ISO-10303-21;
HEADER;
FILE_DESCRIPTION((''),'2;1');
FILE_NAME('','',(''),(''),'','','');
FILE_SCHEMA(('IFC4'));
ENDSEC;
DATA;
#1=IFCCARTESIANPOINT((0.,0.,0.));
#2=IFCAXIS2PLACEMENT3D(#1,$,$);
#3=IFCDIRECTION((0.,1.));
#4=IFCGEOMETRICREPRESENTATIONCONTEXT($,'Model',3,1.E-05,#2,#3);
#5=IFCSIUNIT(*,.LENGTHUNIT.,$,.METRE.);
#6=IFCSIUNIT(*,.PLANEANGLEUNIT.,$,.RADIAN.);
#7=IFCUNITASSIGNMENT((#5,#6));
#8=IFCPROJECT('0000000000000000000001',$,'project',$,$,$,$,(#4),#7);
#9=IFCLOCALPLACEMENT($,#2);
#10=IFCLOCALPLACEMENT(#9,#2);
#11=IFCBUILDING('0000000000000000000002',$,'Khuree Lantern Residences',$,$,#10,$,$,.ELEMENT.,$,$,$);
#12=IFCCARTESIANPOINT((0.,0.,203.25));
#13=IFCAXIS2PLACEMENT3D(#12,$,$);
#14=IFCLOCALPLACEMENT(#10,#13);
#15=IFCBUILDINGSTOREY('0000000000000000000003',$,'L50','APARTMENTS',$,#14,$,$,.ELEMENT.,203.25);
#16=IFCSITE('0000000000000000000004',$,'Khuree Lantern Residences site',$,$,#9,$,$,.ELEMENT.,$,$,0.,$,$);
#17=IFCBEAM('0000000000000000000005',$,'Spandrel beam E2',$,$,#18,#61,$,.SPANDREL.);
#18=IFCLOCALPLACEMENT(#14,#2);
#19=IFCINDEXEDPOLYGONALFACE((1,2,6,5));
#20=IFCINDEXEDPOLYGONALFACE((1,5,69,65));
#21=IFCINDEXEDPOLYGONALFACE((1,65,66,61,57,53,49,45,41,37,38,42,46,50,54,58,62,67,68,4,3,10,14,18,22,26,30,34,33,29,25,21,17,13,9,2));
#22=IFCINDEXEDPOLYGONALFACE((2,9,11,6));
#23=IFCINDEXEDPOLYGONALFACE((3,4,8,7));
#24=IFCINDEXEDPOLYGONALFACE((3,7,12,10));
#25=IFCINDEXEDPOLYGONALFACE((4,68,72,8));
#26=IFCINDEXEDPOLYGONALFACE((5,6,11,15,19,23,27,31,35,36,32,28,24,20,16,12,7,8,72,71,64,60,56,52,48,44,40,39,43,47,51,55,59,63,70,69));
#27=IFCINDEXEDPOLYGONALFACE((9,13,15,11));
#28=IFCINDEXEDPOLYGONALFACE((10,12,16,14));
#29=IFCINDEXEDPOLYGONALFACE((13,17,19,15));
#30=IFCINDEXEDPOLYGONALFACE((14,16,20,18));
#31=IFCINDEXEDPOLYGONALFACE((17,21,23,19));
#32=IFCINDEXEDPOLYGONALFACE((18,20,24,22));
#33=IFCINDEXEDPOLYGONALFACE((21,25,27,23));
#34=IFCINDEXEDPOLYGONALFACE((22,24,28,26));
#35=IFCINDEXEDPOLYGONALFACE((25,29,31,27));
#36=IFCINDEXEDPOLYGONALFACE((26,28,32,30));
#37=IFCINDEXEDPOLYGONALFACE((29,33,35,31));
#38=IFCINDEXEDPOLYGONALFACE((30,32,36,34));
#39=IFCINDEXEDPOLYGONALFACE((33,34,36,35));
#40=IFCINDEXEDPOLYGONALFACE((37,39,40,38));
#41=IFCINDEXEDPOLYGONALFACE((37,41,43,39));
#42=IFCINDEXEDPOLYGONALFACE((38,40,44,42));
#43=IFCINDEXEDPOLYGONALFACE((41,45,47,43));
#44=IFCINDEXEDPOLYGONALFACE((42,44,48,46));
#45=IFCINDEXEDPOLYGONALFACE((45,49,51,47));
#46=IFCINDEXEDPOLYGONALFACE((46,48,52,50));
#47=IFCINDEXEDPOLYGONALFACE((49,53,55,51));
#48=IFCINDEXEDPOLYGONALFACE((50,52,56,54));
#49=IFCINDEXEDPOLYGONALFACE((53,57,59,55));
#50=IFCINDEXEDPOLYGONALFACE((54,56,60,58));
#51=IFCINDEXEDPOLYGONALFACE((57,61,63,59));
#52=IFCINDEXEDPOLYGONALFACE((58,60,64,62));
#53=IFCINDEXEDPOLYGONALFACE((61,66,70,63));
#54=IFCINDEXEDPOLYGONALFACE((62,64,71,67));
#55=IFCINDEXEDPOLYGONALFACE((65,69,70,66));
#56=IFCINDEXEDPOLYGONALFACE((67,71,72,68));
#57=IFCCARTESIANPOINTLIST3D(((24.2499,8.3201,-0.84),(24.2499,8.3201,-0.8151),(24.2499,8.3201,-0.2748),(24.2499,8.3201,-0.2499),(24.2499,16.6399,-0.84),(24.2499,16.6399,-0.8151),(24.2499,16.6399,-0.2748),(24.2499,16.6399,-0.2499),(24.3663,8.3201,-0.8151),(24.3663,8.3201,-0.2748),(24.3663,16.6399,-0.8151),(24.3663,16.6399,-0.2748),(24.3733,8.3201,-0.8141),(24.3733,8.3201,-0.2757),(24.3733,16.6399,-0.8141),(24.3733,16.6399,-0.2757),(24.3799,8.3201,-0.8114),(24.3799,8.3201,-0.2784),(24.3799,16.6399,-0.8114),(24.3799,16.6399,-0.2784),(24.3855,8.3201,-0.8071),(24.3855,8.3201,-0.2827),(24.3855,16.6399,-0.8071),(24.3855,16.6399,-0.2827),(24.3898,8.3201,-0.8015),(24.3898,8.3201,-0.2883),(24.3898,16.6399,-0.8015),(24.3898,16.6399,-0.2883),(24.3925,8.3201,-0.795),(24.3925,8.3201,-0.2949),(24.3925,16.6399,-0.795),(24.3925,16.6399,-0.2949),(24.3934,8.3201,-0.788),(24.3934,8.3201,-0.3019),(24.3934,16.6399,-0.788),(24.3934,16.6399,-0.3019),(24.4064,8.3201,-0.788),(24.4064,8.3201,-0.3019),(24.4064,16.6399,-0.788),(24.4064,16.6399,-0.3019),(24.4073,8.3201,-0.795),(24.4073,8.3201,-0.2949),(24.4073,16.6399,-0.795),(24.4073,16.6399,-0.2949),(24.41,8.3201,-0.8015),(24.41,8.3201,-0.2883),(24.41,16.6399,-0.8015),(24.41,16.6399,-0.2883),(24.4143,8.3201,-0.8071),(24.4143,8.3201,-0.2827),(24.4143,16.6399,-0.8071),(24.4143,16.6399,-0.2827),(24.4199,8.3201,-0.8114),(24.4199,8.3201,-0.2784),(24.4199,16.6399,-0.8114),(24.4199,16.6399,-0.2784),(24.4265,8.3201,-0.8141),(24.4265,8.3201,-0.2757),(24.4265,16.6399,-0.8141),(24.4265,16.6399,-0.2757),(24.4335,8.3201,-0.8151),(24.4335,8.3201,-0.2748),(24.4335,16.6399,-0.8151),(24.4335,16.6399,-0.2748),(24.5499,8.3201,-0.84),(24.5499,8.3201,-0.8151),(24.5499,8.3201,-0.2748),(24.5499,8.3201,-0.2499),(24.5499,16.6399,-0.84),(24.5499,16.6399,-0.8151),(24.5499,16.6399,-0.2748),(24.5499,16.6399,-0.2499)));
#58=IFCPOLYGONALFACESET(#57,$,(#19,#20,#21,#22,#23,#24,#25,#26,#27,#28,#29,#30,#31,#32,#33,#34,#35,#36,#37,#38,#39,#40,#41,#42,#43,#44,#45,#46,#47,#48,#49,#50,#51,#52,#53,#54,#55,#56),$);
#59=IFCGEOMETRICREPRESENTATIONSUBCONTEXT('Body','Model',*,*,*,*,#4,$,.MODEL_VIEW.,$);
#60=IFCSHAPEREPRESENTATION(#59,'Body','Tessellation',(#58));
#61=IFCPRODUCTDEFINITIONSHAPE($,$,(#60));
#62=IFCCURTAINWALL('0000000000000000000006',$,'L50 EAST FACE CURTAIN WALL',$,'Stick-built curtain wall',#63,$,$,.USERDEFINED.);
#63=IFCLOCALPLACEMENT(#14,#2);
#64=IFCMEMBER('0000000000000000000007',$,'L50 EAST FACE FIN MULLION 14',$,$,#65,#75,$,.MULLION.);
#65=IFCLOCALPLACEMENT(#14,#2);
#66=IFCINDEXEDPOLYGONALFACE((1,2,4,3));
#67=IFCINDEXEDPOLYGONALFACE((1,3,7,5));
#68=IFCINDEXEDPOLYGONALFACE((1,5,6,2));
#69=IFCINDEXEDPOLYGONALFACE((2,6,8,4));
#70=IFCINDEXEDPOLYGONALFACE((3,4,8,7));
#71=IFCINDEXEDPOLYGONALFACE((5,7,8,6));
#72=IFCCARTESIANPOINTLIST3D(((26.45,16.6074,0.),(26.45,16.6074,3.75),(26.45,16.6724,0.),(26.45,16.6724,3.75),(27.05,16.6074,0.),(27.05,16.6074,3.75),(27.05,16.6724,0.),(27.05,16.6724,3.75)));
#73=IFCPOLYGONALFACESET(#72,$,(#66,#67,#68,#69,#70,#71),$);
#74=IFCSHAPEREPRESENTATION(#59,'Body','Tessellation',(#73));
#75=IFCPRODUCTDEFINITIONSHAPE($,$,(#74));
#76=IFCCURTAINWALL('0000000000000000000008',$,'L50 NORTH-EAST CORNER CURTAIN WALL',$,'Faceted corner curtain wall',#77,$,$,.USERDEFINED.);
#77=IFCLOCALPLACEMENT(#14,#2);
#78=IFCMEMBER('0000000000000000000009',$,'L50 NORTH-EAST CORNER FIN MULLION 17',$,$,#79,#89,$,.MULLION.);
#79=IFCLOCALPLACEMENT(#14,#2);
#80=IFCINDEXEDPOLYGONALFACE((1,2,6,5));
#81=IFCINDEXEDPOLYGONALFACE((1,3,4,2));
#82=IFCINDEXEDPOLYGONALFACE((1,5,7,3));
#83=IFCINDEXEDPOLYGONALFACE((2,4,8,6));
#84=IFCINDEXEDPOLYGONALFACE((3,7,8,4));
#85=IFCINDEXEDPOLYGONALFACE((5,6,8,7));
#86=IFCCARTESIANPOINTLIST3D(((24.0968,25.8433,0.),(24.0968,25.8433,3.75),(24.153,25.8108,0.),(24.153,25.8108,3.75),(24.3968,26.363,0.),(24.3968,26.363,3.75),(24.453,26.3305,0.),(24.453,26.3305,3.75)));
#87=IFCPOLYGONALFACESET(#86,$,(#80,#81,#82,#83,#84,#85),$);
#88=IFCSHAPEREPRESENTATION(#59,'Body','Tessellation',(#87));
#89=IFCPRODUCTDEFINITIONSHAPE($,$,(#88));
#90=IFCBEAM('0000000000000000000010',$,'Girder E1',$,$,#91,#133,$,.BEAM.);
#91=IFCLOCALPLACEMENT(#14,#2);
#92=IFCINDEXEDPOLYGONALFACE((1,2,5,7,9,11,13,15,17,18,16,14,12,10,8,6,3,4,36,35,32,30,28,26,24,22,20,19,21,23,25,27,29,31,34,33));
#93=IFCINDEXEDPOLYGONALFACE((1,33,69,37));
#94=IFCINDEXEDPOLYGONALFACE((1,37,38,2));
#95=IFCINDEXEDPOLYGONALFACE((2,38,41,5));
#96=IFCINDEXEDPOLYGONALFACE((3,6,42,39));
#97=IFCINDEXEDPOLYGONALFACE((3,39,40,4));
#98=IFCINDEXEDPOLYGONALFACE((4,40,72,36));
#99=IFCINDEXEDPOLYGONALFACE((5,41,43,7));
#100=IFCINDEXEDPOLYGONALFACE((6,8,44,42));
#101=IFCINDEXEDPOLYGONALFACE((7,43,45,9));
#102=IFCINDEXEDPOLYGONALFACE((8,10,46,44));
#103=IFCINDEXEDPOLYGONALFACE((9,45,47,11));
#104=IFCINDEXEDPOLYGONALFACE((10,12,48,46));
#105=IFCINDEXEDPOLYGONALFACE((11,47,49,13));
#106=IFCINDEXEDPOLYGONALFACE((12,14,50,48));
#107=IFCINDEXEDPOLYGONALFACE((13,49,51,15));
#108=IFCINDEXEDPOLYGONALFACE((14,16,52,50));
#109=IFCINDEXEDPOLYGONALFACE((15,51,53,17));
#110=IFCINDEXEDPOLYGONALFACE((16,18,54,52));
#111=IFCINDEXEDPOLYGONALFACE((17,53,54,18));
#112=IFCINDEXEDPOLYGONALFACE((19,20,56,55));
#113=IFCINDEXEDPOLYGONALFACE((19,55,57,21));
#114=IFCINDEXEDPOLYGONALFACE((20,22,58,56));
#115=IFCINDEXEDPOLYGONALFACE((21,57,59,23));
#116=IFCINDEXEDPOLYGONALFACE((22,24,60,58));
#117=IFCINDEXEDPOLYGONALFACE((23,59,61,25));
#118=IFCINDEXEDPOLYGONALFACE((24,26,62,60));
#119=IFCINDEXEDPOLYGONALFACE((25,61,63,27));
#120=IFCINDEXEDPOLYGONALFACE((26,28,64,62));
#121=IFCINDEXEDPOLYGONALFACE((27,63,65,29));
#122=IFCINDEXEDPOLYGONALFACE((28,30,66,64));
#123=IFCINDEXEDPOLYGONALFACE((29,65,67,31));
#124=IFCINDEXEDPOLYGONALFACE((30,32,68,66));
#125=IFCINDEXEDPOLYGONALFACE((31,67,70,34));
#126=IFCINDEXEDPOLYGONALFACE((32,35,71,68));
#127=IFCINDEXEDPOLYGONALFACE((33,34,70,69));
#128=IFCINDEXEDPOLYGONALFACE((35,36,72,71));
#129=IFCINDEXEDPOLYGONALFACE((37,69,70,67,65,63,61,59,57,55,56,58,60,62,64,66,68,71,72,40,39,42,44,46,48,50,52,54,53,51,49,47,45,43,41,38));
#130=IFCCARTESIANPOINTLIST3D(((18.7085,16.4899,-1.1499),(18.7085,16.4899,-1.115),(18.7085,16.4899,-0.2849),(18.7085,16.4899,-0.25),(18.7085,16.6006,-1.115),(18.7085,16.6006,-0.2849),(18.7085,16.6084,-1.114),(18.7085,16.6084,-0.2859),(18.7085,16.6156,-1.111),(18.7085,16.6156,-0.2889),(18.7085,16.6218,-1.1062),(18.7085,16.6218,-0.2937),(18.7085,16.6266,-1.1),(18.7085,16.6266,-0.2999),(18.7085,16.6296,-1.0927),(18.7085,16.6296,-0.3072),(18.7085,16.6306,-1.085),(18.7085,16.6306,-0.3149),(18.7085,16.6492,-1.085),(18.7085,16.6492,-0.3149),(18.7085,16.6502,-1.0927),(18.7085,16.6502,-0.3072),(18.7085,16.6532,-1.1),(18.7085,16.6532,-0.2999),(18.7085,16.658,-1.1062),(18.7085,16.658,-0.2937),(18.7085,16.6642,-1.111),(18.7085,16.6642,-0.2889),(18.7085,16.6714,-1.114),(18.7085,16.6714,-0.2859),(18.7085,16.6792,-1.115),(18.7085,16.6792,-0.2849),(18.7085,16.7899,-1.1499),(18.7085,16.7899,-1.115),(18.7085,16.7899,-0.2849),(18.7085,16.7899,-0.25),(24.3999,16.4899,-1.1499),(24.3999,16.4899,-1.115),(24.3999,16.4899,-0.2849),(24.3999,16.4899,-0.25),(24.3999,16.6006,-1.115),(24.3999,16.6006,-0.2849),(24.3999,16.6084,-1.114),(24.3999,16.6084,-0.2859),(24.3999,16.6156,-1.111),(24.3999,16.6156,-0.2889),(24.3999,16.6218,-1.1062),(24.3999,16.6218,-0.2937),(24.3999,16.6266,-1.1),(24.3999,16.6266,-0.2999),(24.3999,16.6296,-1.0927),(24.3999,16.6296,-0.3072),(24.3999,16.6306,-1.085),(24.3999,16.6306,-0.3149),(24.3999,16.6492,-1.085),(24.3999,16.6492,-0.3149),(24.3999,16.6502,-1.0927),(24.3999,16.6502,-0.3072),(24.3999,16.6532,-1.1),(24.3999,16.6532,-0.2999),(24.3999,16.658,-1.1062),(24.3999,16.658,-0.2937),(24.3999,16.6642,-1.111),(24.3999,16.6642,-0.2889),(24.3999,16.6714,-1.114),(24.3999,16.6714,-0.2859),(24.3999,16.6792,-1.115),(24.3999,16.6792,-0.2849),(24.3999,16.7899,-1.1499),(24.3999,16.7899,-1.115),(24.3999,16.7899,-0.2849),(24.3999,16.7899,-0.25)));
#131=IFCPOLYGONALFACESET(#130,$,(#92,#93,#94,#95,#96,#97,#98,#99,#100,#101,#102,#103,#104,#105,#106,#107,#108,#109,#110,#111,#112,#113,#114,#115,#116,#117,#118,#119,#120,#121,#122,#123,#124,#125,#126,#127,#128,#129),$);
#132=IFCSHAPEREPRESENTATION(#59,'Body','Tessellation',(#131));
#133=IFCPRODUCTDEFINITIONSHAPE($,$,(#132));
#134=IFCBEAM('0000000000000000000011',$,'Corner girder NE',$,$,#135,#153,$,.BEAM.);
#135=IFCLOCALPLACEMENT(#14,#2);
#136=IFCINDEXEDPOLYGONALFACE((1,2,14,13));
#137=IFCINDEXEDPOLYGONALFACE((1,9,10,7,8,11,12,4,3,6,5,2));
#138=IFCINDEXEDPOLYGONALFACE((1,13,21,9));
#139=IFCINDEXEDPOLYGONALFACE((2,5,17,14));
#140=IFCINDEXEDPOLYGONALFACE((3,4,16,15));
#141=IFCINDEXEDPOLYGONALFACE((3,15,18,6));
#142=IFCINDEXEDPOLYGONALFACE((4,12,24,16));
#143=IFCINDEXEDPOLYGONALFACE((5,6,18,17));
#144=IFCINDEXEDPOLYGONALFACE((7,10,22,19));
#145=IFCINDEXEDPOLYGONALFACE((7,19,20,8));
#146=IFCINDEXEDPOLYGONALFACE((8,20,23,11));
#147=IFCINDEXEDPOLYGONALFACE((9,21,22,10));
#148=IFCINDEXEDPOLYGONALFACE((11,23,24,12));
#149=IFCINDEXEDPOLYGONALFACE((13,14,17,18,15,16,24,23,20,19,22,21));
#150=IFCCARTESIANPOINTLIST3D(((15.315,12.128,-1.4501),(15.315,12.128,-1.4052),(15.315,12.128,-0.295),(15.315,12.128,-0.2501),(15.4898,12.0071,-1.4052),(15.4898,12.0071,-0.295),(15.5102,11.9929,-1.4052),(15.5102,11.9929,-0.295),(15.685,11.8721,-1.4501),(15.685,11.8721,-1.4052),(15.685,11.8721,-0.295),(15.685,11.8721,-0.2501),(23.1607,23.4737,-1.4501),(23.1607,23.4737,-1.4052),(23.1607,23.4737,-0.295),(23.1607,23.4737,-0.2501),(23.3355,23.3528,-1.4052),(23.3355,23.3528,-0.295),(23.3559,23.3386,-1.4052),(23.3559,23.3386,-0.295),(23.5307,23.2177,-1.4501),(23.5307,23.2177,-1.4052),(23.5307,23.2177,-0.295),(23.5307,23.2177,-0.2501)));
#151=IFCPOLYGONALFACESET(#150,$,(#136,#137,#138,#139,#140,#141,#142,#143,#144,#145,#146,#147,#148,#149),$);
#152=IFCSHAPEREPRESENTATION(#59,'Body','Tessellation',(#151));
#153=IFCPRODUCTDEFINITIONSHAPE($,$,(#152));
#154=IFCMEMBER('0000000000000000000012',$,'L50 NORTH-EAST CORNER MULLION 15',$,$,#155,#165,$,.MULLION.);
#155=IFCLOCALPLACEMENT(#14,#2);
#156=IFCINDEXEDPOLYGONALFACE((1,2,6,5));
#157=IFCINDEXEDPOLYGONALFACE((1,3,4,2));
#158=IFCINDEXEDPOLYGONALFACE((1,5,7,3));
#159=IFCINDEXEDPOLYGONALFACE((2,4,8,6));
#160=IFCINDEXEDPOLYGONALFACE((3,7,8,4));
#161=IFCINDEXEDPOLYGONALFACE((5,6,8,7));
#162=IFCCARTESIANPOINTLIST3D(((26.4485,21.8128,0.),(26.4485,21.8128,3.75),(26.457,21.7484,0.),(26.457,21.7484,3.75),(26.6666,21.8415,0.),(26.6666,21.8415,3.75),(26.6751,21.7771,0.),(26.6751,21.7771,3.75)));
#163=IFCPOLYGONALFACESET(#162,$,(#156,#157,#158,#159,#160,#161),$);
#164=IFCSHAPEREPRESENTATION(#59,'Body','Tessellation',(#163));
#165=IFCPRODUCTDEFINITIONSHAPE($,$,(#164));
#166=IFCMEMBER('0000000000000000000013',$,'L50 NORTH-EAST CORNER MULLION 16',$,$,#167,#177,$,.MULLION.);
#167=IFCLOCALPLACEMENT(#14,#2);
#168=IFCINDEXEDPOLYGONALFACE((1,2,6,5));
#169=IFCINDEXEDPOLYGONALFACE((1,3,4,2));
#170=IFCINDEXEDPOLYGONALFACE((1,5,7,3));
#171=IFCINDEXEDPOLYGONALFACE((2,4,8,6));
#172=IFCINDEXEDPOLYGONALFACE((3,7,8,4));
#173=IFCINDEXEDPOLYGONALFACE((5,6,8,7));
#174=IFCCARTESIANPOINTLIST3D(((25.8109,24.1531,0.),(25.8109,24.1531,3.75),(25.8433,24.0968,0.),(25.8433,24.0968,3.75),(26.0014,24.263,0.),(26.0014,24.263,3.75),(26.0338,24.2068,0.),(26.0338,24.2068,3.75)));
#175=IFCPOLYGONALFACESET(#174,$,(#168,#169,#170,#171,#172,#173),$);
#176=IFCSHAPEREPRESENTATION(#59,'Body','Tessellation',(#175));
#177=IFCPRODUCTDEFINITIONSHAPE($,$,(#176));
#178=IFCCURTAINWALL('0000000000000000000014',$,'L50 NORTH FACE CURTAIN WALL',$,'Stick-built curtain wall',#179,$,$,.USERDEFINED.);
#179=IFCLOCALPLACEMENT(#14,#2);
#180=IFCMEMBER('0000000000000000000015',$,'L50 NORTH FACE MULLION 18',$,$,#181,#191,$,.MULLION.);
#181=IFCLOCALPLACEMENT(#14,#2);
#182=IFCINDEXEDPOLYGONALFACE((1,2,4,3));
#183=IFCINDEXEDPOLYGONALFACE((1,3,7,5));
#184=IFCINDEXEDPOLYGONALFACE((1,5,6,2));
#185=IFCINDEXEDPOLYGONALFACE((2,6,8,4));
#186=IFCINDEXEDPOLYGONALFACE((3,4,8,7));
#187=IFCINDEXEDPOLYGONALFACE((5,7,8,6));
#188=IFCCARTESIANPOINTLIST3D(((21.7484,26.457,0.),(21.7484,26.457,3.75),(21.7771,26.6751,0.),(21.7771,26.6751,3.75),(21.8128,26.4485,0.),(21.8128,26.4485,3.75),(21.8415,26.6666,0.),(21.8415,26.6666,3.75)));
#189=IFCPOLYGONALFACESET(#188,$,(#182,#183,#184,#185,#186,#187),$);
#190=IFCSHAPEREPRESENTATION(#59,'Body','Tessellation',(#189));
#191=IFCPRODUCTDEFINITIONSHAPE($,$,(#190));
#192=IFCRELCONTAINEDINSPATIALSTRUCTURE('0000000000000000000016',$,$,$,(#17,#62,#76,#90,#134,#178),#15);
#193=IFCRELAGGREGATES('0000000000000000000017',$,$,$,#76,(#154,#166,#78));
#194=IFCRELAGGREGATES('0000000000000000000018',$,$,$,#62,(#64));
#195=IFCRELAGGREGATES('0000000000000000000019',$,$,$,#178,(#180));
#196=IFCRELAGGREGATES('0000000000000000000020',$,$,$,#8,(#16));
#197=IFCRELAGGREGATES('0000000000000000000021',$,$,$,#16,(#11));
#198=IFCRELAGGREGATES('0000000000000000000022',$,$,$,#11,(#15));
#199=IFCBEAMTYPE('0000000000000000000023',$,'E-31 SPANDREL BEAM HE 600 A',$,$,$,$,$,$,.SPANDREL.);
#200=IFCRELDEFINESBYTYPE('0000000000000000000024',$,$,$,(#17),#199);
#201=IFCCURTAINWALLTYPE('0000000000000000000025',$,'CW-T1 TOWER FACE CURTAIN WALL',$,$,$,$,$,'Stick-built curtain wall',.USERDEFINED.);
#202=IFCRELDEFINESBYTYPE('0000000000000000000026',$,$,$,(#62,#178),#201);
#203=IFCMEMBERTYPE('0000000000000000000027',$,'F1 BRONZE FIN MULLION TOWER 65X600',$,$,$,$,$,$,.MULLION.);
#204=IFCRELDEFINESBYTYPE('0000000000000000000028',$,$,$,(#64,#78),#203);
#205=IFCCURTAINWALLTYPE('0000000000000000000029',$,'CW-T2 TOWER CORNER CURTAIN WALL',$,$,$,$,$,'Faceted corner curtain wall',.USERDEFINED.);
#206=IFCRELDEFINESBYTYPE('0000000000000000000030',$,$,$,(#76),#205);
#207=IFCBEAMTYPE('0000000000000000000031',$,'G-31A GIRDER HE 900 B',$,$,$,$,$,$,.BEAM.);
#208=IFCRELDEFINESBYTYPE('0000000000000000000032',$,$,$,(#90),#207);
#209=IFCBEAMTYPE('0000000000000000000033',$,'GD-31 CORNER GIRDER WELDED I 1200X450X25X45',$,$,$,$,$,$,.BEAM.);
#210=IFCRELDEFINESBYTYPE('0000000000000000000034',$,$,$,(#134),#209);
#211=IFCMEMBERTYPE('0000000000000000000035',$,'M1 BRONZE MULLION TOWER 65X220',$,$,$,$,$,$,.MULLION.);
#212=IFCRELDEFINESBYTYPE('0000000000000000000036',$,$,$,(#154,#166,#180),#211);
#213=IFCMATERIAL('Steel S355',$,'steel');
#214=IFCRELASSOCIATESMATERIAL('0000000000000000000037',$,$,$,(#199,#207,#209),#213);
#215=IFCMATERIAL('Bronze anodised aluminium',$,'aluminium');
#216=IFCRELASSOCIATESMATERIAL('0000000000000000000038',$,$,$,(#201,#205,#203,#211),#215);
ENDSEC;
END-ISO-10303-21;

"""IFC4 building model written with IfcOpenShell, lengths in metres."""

from ifc_helpers import new_model, si_unit, direction, frame, origin, origin_2d, place, context, subcontext, project, spatial, rectangle, i_section, extrude, material, material_profile, profile_set, type_object, element, aggregate, save


model = new_model("IFC4")

# Units and contexts
model_context = context("Model", 3, precision=1e-05, world=origin(), true_north=direction((0.0, 1.0)))
body_context = subcontext(model_context, "Body", "Model", "MODEL_VIEW")
ifc_project = project(units=[si_unit("LENGTHUNIT", "METRE"), si_unit("PLANEANGLEUNIT", "RADIAN")], contexts=[model_context])

# Site, building, storey
site_placement = place(None, origin())
site = spatial("IfcSite", under=ifc_project, at=site_placement, Name="Khuree Lantern Residences site", CompositionType="ELEMENT", RefElevation=0.0)
building_placement = place(site_placement, origin())
building = spatial("IfcBuilding", under=site, at=building_placement, Name="Khuree Lantern Residences", CompositionType="ELEMENT")
storey_placement = place(building_placement, frame((0.0, 0.0, 203.25)))
storey = spatial("IfcBuildingStorey", under=building, at=storey_placement, Name="L50", Description="APARTMENTS", CompositionType="ELEMENT", Elevation=203.25)

# Beam
ifc_material_1 = material(Name="Steel S355", Category="steel")
ifc_material_profile_1 = material_profile(ifc_material_1, i_section(OverallWidth=0.3, OverallDepth=0.5901, WebThickness=0.0129, FlangeThickness=0.0249, FilletRadius=0.0271, at=origin_2d()), Name="HE 600 A")
ifc_profile_set_1 = profile_set([ifc_material_profile_1], Name="Steel S355")
beam_type_1 = type_object("IfcBeamType", Name="E-31 SPANDREL BEAM HE 600 A", PredefinedType="SPANDREL", material=ifc_profile_set_1)
beam_1_placement = place(storey_placement, frame((24.3999, 16.6399, -0.5449), z_axis=(0.0, -1.0, 0.0), x_axis=(1.0, 0.0, 0.0)))
element("IfcBeam", 1, at=beam_1_placement, inside=storey, type_object=beam_type_1, Name="Spandrel beam E2", PredefinedType="SPANDREL", context=body_context, shape_type="SweptSolid", body=[
    extrude(i_section(OverallWidth=0.3, OverallDepth=0.5901, WebThickness=0.0129, FlangeThickness=0.0249, FilletRadius=0.0271, at=origin_2d()), origin(), (0.0, 0.0, 1.0), 8.3198),
])

# Curtain walls, members
ifc_material_2 = material(Name="Bronze anodised aluminium", Category="aluminium")
curtain_wall_type_1 = type_object("IfcCurtainWallType", Name="CW-T1 TOWER FACE CURTAIN WALL", ElementType="Stick-built curtain wall", PredefinedType="USERDEFINED", material=ifc_material_2)
curtain_wall_1_placement = place(storey_placement, origin())
curtain_wall_1 = element("IfcCurtainWall", 2, at=curtain_wall_1_placement, inside=storey, type_object=curtain_wall_type_1, Name="L50 EAST FACE CURTAIN WALL", ObjectType="Stick-built curtain wall", PredefinedType="USERDEFINED")
ifc_material_profile_2 = material_profile(ifc_material_2, rectangle(XDim=0.0649, YDim=0.6001, at=origin_2d()), Name="F1 65X600")
ifc_profile_set_2 = profile_set([ifc_material_profile_2], Name="Bronze anodised aluminium")
member_type_1 = type_object("IfcMemberType", Name="F1 BRONZE FIN MULLION TOWER 65X600", PredefinedType="MULLION", material=ifc_profile_set_2)
member_1_placement = place(storey_placement, frame((26.75, 16.6399, 0.0), z_axis=(0.0, 0.0, 1.0), x_axis=(0.0, 1.0, 0.0)))
member_1 = element("IfcMember", 3, at=member_1_placement, type_object=member_type_1, Name="L50 EAST FACE FIN MULLION 14", PredefinedType="MULLION", context=body_context, shape_type="SweptSolid", body=[
    extrude(rectangle(XDim=0.0649, YDim=0.6001, at=origin_2d()), origin(), (0.0, 0.0, 1.0), 3.75),
])
curtain_wall_type_2 = type_object("IfcCurtainWallType", Name="CW-T2 TOWER CORNER CURTAIN WALL", ElementType="Faceted corner curtain wall", PredefinedType="USERDEFINED", material=ifc_material_2)
curtain_wall_2_placement = place(storey_placement, origin())
curtain_wall_2 = element("IfcCurtainWall", 4, at=curtain_wall_2_placement, inside=storey, type_object=curtain_wall_type_2, Name="L50 NORTH-EAST CORNER CURTAIN WALL", ObjectType="Faceted corner curtain wall", PredefinedType="USERDEFINED")
member_2_placement = place(storey_placement, frame((24.2749, 26.0869, 0.0), z_axis=(0.0, 0.0, 1.0), x_axis=(-0.866025, 0.5, 0.0)))
member_2 = element("IfcMember", 5, at=member_2_placement, type_object=member_type_1, Name="L50 NORTH-EAST CORNER FIN MULLION 17", PredefinedType="MULLION", context=body_context, shape_type="SweptSolid", body=[
    extrude(rectangle(XDim=0.0649, YDim=0.6001, at=origin_2d()), origin(), (0.0, 0.0, 1.0), 3.75),
])

# Beams
ifc_material_profile_3 = material_profile(ifc_material_1, i_section(OverallWidth=0.3, OverallDepth=0.8999, WebThickness=0.0186, FlangeThickness=0.0349, FilletRadius=0.03, at=origin_2d()), Name="HE 900 B")
ifc_profile_set_3 = profile_set([ifc_material_profile_3], Name="Steel S355")
beam_type_2 = type_object("IfcBeamType", Name="G-31A GIRDER HE 900 B", PredefinedType="BEAM", material=ifc_profile_set_3)
beam_2_placement = place(storey_placement, frame((24.3999, 16.6399, -0.7), z_axis=(-1.0, 0.0, 0.0), x_axis=(0.0, -1.0, 0.0)))
element("IfcBeam", 6, at=beam_2_placement, inside=storey, type_object=beam_type_2, Name="Girder E1", PredefinedType="BEAM", context=body_context, shape_type="SweptSolid", body=[
    extrude(i_section(OverallWidth=0.3, OverallDepth=0.8999, WebThickness=0.0186, FlangeThickness=0.0349, FilletRadius=0.03, at=origin_2d()), origin(), (0.0, 0.0, 1.0), 5.6914),
])
ifc_material_profile_4 = material_profile(ifc_material_1, i_section(OverallWidth=0.45, OverallDepth=1.2, WebThickness=0.0249, FlangeThickness=0.0449, at=origin_2d()), Name="WELDED I 1200X450X25X45")
ifc_profile_set_4 = profile_set([ifc_material_profile_4], Name="Steel S355")
beam_type_3 = type_object("IfcBeamType", Name="GD-31 CORNER GIRDER WELDED I 1200X450X25X45", PredefinedType="BEAM", material=ifc_profile_set_4)
beam_3_placement = place(storey_placement, frame((23.3457, 23.3457, -0.8501), z_axis=(-0.568768, -0.822498, 0.0), x_axis=(0.822498, -0.568768, 0.0)))
element("IfcBeam", 7, at=beam_3_placement, inside=storey, type_object=beam_type_3, Name="Corner girder NE", PredefinedType="BEAM", context=body_context, shape_type="SweptSolid", body=[
    extrude(i_section(OverallWidth=0.45, OverallDepth=1.2, WebThickness=0.0249, FlangeThickness=0.0449, at=origin_2d()), origin(), (0.0, 0.0, 1.0), 13.7942),
])

# Members
ifc_material_profile_5 = material_profile(ifc_material_2, rectangle(XDim=0.0649, YDim=0.22, at=origin_2d()), Name="M1 65X220")
ifc_profile_set_5 = profile_set([ifc_material_profile_5], Name="Bronze anodised aluminium")
member_type_2 = type_object("IfcMemberType", Name="M1 BRONZE MULLION TOWER 65X220", PredefinedType="MULLION", material=ifc_profile_set_5)
member_3_placement = place(storey_placement, frame((26.5618, 21.7949, 0.0), z_axis=(0.0, 0.0, 1.0), x_axis=(-0.130526, 0.991445, 0.0)))
member_3 = element("IfcMember", 8, at=member_3_placement, type_object=member_type_2, Name="L50 NORTH-EAST CORNER MULLION 15", PredefinedType="MULLION", context=body_context, shape_type="SweptSolid", body=[
    extrude(rectangle(XDim=0.0649, YDim=0.22, at=origin_2d()), origin(), (0.0, 0.0, 1.0), 3.75),
])
member_4_placement = place(storey_placement, frame((25.9224, 24.1799, 0.0), z_axis=(0.0, 0.0, 1.0), x_axis=(-0.5, 0.866025, 0.0)))
member_4 = element("IfcMember", 9, at=member_4_placement, type_object=member_type_2, Name="L50 NORTH-EAST CORNER MULLION 16", PredefinedType="MULLION", context=body_context, shape_type="SweptSolid", body=[
    extrude(rectangle(XDim=0.0649, YDim=0.22, at=origin_2d()), origin(), (0.0, 0.0, 1.0), 3.75),
])

# Curtain wall, member
curtain_wall_3_placement = place(storey_placement, origin())
curtain_wall_3 = element("IfcCurtainWall", 10, at=curtain_wall_3_placement, inside=storey, type_object=curtain_wall_type_1, Name="L50 NORTH FACE CURTAIN WALL", ObjectType="Stick-built curtain wall", PredefinedType="USERDEFINED")
member_5_placement = place(storey_placement, frame((21.7949, 26.5618, 0.0), z_axis=(0.0, 0.0, 1.0), x_axis=(-0.991445, 0.130526, 0.0)))
member_5 = element("IfcMember", 11, at=member_5_placement, type_object=member_type_2, Name="L50 NORTH FACE MULLION 18", PredefinedType="MULLION", context=body_context, shape_type="SweptSolid", body=[
    extrude(rectangle(XDim=0.0649, YDim=0.22, at=origin_2d()), origin(), (0.0, 0.0, 1.0), 3.75),
])

aggregate(curtain_wall_2, [member_3, member_4, member_2])
aggregate(curtain_wall_1, [member_1])
aggregate(curtain_wall_3, [member_5])

save(model, "model.ifc")
